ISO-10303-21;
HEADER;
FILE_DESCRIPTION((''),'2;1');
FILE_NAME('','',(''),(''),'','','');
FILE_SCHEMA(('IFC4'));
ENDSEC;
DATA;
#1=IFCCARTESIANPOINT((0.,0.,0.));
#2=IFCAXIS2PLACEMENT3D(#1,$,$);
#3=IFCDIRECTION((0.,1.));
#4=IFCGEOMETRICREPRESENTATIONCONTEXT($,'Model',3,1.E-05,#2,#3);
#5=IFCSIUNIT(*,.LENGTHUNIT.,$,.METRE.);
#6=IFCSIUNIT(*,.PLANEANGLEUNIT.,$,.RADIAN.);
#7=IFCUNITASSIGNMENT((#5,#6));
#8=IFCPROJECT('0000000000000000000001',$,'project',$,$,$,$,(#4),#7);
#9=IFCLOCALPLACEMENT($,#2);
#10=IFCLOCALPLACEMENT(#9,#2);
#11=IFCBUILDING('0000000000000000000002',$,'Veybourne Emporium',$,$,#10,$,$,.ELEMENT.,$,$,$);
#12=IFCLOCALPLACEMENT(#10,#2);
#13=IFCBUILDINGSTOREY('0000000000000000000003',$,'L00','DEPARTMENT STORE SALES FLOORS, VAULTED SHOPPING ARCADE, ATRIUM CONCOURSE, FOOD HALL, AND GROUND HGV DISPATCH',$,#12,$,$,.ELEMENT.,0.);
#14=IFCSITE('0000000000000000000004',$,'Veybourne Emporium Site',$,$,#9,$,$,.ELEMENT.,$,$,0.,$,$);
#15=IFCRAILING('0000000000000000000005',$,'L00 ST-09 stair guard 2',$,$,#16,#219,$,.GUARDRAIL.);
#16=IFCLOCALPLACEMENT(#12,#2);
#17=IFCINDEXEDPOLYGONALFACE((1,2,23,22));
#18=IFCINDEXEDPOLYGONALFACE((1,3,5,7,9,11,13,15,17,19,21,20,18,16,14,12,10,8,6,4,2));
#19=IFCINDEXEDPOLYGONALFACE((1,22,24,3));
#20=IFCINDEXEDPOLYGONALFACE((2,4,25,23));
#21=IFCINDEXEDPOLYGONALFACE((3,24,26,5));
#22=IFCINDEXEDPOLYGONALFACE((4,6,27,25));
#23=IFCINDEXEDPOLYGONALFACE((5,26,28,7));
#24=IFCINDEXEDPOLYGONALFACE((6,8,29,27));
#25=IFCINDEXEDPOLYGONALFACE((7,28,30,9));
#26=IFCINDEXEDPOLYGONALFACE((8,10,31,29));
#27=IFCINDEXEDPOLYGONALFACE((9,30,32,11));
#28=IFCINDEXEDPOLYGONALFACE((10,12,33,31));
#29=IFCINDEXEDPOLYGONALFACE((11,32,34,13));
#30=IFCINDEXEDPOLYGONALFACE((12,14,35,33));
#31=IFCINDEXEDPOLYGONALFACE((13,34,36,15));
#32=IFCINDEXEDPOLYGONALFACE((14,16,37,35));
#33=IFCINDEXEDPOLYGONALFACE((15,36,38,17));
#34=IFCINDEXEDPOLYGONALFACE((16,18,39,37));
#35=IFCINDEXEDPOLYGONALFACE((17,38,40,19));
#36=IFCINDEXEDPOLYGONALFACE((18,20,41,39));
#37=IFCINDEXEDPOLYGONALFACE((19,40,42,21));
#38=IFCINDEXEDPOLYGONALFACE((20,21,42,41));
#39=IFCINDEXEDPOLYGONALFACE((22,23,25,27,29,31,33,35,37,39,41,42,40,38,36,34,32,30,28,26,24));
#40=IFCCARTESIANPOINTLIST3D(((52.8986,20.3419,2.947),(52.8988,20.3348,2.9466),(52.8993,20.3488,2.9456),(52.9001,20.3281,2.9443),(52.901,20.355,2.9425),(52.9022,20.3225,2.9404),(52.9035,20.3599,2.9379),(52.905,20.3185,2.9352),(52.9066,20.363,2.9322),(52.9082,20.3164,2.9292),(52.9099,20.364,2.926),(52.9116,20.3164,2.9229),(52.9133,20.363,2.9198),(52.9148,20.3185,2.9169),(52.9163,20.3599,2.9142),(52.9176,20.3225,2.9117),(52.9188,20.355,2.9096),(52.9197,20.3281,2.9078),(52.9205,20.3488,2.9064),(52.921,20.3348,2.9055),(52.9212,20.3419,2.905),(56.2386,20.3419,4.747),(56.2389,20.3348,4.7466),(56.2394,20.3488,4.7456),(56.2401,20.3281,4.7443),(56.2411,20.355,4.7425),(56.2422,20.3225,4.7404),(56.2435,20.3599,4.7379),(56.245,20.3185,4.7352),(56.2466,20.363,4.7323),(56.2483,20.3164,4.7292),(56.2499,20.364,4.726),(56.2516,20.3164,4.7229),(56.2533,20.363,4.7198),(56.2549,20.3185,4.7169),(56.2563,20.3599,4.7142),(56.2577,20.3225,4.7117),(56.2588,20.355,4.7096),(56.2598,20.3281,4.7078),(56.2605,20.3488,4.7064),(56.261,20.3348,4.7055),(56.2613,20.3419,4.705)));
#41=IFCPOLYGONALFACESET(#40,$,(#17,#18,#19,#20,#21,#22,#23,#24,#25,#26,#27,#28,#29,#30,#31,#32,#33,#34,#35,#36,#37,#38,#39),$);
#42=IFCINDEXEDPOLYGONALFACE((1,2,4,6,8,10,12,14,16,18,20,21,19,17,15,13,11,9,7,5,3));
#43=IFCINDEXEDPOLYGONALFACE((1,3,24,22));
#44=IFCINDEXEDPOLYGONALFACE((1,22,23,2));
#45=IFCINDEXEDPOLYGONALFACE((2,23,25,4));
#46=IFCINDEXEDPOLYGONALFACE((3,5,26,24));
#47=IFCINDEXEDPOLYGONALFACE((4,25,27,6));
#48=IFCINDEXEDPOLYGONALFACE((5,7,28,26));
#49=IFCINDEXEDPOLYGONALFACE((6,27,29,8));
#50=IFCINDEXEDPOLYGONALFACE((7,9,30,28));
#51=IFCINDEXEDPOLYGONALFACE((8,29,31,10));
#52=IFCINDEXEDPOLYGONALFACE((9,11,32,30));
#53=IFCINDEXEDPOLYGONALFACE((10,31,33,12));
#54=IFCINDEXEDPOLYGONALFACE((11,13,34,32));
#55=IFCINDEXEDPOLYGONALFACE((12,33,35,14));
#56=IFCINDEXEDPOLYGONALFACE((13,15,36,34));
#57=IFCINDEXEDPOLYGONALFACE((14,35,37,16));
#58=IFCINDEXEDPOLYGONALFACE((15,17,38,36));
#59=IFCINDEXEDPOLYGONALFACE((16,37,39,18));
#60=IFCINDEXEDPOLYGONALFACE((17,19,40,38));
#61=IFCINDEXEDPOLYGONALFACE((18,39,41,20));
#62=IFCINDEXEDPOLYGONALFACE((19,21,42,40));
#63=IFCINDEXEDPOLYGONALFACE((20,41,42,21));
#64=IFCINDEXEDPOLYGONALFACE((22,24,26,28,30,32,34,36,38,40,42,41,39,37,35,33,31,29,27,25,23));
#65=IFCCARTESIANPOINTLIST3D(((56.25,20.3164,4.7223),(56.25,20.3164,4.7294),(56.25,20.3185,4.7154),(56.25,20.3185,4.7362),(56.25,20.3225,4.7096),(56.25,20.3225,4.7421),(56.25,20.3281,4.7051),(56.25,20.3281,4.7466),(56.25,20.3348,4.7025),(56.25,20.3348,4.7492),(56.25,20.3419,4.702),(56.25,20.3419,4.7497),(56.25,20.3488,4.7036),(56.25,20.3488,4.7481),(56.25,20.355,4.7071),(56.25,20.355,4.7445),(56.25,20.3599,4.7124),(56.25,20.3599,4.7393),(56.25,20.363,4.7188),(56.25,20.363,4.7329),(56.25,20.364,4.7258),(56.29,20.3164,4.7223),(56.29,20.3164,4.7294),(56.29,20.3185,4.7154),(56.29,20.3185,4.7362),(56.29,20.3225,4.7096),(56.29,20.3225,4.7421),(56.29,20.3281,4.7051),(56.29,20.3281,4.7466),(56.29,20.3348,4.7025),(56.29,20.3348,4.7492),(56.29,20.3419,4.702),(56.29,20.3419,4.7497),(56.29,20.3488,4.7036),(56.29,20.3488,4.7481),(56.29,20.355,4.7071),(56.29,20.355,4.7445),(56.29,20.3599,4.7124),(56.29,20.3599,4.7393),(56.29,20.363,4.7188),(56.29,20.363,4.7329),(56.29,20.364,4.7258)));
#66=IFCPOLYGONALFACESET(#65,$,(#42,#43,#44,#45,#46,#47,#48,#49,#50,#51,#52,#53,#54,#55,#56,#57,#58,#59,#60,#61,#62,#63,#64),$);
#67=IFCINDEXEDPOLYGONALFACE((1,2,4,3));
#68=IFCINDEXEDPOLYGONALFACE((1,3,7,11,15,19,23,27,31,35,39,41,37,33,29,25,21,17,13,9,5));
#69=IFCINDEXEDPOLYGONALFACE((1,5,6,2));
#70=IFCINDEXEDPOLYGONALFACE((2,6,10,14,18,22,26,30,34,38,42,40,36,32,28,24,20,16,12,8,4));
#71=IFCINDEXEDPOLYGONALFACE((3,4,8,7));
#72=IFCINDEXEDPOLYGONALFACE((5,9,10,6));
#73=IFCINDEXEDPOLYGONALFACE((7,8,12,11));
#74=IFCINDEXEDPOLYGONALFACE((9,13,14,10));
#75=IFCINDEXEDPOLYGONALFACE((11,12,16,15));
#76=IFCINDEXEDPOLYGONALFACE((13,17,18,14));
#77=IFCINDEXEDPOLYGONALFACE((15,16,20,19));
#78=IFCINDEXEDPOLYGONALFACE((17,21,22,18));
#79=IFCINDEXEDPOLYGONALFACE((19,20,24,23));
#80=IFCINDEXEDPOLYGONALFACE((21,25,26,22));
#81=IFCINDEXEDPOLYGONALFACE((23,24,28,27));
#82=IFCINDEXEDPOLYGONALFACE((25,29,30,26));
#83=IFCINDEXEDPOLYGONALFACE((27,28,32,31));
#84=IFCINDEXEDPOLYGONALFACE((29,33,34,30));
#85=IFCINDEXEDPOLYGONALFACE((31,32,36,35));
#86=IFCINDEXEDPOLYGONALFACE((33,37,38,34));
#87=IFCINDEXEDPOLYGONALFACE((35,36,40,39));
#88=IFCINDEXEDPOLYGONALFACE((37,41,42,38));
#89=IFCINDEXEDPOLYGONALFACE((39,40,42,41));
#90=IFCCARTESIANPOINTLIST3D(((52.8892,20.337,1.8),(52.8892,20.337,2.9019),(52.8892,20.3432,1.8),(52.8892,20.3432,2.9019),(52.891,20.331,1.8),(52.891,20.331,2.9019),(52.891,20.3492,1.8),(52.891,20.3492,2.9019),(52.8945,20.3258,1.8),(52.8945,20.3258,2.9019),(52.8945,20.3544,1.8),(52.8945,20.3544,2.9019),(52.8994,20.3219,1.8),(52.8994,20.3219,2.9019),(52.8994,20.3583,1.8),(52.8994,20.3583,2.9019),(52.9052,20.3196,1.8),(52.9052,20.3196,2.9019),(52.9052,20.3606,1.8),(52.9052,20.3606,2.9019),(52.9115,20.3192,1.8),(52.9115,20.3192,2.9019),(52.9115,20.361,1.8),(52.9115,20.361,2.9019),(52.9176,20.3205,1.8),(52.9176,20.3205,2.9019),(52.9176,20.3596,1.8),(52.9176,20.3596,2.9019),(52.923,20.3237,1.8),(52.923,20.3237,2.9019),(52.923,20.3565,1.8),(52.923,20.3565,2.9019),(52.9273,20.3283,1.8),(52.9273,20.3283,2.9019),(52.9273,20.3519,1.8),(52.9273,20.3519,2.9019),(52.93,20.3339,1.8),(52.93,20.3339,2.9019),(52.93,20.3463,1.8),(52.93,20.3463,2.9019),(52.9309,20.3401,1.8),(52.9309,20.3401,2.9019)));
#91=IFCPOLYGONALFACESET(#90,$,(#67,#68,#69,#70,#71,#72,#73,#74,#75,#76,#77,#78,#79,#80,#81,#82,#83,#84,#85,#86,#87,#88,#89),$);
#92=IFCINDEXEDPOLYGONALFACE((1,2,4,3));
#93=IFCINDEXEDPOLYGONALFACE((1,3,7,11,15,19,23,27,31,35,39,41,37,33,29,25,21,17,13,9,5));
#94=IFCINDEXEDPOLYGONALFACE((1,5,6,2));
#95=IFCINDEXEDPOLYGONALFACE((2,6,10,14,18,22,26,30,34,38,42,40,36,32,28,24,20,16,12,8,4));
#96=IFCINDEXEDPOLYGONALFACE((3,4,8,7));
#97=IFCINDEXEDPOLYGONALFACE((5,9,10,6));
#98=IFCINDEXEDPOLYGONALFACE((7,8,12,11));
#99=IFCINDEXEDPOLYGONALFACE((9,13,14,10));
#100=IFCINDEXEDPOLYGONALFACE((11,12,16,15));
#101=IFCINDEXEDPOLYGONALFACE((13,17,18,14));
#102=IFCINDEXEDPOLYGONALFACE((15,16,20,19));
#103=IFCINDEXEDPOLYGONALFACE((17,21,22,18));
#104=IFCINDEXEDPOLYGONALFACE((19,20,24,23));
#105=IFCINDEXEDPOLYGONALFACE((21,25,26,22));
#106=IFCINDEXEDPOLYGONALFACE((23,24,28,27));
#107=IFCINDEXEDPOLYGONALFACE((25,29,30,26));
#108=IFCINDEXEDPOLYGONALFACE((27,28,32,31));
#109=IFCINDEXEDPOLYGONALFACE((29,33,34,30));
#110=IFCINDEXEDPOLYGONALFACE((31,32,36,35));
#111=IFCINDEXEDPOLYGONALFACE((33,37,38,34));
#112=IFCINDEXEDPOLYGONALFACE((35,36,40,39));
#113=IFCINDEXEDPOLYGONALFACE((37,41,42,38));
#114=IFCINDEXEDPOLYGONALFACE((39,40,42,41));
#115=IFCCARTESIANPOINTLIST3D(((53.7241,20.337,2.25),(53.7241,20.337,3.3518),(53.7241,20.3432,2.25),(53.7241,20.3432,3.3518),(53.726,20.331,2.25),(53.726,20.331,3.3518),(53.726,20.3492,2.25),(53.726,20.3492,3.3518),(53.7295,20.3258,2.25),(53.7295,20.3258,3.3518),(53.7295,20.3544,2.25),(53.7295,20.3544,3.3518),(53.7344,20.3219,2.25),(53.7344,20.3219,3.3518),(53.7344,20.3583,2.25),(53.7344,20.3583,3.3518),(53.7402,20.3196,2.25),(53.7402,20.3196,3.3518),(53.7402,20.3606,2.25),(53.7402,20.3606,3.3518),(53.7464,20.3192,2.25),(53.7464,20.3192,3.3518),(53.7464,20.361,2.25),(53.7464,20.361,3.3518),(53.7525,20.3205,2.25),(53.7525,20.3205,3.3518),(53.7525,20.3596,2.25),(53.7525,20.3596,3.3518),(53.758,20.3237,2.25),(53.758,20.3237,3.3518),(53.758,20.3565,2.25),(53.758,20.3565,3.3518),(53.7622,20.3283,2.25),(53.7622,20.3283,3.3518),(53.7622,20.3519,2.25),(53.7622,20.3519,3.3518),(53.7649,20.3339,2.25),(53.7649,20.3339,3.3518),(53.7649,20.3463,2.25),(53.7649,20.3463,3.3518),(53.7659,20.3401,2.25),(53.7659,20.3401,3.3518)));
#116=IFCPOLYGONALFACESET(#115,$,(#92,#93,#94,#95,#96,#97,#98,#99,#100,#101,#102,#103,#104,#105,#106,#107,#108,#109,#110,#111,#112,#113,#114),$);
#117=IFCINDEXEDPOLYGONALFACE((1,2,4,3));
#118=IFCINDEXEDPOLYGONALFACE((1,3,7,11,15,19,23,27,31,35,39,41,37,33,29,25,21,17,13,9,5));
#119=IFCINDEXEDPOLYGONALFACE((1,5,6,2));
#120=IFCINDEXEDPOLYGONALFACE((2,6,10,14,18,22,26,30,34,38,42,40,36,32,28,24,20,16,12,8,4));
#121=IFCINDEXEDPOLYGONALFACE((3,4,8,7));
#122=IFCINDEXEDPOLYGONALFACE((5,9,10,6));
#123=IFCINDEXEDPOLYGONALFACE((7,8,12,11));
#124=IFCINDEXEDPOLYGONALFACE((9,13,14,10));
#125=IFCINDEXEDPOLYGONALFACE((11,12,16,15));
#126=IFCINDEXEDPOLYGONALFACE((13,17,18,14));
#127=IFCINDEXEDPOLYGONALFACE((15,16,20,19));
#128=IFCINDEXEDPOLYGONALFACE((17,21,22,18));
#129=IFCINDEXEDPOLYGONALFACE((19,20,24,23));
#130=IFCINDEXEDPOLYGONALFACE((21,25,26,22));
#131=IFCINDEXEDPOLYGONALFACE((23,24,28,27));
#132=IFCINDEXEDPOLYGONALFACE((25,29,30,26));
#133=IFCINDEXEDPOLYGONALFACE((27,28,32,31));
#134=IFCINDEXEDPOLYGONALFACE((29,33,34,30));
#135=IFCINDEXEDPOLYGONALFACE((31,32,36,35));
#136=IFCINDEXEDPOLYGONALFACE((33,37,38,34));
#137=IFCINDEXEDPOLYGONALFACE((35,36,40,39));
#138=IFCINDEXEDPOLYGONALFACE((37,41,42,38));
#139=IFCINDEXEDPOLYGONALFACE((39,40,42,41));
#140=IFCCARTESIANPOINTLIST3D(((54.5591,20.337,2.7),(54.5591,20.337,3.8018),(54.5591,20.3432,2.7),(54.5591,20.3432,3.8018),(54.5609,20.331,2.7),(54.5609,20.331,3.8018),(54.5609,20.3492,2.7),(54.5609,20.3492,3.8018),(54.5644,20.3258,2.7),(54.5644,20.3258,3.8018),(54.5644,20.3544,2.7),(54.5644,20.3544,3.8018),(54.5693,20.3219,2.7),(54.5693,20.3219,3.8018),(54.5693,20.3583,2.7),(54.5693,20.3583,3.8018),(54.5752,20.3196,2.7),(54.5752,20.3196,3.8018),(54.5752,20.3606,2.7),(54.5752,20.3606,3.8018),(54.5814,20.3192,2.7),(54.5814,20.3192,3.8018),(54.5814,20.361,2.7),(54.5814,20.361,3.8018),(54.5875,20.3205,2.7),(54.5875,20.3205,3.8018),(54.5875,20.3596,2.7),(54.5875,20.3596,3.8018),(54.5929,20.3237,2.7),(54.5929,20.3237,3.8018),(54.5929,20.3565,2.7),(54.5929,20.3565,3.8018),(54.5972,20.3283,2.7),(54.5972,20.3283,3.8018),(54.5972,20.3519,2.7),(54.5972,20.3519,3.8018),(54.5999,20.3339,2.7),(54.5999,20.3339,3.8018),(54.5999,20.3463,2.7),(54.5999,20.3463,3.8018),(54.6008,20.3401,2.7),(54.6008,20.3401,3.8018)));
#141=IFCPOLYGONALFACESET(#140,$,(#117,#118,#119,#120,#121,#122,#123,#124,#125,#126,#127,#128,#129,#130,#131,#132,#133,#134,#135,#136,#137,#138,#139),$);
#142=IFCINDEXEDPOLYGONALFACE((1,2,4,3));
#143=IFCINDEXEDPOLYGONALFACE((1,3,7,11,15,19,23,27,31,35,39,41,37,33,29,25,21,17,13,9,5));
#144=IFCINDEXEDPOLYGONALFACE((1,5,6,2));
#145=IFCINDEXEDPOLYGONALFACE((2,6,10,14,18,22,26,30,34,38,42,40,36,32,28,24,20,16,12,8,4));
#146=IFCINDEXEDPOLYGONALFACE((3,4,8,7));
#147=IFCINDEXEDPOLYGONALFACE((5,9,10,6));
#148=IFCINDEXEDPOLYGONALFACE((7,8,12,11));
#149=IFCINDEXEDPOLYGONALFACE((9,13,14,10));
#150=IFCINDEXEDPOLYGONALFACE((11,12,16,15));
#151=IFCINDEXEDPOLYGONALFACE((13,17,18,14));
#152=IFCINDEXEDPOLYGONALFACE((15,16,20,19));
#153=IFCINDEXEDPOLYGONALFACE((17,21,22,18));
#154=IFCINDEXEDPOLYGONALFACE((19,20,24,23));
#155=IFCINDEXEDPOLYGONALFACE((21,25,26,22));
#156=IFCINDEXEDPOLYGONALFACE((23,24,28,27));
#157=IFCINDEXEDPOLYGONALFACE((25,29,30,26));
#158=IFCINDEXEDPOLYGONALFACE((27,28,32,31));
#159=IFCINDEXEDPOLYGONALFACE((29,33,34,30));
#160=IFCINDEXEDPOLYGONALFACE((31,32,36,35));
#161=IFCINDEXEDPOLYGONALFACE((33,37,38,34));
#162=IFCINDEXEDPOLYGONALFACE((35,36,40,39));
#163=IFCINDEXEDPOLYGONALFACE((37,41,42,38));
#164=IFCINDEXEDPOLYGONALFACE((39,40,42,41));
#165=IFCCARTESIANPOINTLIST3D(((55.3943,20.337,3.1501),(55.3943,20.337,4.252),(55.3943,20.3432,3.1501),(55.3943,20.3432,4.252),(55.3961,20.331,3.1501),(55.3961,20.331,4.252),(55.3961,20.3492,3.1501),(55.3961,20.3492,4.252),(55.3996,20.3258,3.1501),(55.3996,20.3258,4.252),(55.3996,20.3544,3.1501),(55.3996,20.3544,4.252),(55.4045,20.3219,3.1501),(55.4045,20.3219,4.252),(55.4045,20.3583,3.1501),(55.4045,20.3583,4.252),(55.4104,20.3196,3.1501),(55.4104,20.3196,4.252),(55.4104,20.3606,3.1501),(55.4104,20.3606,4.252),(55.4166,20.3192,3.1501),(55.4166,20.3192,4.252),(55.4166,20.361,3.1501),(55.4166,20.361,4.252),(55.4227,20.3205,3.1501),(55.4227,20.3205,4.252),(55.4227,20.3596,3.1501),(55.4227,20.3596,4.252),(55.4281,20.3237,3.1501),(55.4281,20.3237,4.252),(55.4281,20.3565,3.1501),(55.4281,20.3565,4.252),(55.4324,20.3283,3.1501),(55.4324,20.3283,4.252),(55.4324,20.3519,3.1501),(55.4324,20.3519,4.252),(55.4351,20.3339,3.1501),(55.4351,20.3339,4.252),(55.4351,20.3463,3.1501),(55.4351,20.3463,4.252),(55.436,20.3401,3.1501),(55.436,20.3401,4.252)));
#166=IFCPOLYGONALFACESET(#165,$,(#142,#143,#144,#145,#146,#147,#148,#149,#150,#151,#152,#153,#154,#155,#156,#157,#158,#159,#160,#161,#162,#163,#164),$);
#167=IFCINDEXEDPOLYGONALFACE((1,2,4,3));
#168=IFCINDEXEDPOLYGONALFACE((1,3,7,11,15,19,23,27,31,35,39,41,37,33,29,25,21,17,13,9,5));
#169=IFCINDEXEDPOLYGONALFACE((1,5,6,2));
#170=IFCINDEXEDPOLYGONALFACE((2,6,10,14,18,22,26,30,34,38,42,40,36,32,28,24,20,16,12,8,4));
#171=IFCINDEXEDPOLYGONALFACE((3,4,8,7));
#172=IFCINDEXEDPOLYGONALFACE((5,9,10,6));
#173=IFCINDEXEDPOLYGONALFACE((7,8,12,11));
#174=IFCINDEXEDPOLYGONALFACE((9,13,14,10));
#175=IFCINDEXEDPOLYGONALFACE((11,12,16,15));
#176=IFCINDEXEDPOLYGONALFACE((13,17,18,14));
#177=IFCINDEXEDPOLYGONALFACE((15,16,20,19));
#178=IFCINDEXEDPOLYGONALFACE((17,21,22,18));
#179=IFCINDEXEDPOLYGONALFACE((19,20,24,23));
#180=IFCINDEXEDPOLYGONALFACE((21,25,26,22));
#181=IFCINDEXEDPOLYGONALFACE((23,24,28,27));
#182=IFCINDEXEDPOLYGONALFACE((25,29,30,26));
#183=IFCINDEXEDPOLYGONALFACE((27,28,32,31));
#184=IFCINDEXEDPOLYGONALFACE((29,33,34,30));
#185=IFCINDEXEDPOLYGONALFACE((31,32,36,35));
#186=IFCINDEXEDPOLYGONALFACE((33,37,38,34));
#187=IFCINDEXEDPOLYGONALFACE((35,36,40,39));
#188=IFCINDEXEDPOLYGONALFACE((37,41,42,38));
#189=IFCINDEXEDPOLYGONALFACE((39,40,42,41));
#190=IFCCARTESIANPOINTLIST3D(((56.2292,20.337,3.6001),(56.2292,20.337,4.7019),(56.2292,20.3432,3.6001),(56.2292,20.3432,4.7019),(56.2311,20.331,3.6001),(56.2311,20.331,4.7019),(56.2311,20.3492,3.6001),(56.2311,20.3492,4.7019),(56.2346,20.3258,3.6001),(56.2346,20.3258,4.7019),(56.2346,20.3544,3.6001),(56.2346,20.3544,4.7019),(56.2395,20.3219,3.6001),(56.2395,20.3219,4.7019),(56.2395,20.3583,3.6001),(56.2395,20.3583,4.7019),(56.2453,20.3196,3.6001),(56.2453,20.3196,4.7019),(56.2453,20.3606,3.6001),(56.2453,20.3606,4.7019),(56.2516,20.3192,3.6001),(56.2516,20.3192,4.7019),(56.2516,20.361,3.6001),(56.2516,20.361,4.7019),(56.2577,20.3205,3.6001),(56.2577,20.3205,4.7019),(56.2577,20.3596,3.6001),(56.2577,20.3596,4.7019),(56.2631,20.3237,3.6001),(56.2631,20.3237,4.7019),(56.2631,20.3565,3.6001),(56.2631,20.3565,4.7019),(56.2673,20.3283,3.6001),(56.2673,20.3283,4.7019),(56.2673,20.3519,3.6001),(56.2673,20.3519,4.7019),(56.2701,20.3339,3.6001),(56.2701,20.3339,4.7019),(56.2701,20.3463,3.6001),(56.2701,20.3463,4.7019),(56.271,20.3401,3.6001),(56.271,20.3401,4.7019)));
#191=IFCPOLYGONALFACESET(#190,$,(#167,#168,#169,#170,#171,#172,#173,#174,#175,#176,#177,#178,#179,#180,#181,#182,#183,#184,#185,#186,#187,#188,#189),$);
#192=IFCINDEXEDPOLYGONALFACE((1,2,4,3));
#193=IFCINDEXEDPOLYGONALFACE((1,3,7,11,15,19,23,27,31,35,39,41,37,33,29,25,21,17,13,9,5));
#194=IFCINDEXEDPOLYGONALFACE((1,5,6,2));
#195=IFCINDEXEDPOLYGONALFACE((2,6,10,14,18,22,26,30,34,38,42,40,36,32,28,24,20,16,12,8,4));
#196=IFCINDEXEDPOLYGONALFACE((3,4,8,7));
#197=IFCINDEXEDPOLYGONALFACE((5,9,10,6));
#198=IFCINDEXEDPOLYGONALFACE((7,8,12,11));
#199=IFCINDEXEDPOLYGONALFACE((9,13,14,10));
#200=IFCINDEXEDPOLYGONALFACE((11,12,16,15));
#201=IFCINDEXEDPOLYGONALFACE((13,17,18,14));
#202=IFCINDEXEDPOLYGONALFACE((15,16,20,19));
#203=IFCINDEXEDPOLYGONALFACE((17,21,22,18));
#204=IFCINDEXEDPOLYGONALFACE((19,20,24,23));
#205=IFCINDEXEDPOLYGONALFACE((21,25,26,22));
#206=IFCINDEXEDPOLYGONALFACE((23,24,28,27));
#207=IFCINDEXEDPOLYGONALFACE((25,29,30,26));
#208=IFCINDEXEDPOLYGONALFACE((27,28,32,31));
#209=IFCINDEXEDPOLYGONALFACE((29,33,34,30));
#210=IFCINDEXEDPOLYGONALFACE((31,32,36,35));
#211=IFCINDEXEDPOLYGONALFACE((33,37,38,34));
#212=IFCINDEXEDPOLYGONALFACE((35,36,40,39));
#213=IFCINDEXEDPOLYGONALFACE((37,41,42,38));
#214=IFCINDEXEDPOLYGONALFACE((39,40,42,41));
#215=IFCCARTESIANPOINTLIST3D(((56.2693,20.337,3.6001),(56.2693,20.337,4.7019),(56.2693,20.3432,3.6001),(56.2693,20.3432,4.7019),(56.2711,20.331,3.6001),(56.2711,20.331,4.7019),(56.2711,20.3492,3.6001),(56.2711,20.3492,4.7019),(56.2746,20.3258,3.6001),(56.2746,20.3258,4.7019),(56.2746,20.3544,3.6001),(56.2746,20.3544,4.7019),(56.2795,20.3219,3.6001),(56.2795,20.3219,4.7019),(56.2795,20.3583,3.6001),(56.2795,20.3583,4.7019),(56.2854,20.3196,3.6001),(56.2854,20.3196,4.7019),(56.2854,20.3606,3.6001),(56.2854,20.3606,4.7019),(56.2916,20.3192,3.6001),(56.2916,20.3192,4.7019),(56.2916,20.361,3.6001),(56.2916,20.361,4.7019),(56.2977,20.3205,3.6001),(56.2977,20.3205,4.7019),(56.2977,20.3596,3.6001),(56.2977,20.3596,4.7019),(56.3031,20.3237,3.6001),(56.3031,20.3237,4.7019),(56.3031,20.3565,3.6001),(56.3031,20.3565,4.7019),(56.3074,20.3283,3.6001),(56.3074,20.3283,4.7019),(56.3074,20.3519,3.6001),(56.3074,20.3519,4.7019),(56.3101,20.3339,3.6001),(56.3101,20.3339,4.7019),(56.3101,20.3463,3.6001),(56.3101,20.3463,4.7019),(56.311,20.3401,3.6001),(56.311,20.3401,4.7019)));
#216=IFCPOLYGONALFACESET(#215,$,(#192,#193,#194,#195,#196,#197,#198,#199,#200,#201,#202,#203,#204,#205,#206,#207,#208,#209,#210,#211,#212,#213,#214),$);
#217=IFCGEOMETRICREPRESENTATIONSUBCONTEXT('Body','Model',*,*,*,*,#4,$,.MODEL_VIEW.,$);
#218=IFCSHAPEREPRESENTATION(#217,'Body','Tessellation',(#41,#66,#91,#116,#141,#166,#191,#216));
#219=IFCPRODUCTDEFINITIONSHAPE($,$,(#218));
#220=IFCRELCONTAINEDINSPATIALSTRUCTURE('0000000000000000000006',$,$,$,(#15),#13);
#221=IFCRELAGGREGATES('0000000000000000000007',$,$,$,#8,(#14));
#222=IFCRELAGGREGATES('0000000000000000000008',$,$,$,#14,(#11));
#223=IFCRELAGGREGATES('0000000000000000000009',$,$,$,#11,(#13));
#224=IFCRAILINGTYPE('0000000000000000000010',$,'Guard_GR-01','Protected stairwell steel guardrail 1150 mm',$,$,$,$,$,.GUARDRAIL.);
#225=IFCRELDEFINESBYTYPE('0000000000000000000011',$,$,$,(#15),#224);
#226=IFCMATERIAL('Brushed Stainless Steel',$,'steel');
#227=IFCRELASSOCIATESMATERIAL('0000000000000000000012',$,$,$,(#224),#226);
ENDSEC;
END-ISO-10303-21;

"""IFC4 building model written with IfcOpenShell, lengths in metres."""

from ifc_helpers import new_model, si_unit, direction, frame, origin, origin_2d, place, context, subcontext, project, spatial, circle, extrude, material, type_object, element, save


model = new_model("IFC4")

# Units and contexts
model_context = context("Model", 3, precision=1e-05, world=origin(), true_north=direction((0.0, 1.0)))
body_context = subcontext(model_context, "Body", "Model", "MODEL_VIEW")
ifc_project = project(units=[si_unit("LENGTHUNIT", "METRE"), si_unit("PLANEANGLEUNIT", "RADIAN")], contexts=[model_context])

# Site, building, storey
site_placement = place(None, origin())
site = spatial("IfcSite", under=ifc_project, at=site_placement, Name="Veybourne Emporium Site", CompositionType="ELEMENT", RefElevation=0.0)
building_placement = place(site_placement, origin())
building = spatial("IfcBuilding", under=site, at=building_placement, Name="Veybourne Emporium", CompositionType="ELEMENT")
storey_placement = place(building_placement, origin())
storey = spatial("IfcBuildingStorey", under=building, at=storey_placement, Name="L00", Description="DEPARTMENT STORE SALES FLOORS, VAULTED SHOPPING ARCADE, ATRIUM CONCOURSE, FOOD HALL, AND GROUND HGV DISPATCH", CompositionType="ELEMENT", Elevation=0.0)

# Railing
ifc_material_1 = material(Name="Brushed Stainless Steel", Category="steel")
railing_type_1 = type_object("IfcRailingType", Name="Guard_GR-01", Description="Protected stairwell steel guardrail 1150 mm", PredefinedType="GUARDRAIL", material=ifc_material_1)
railing_1_placement = place(storey_placement, frame((52.9099, 20.3401, 1.8)))
element("IfcRailing", 1, at=railing_1_placement, inside=storey, type_object=railing_type_1, Name="L00 ST-09 stair guard 2", PredefinedType="GUARDRAIL", context=body_context, shape_type="SweptSolid", body=[
    extrude(circle(Radius=0.0239, at=origin_2d()), frame((0.0, 0.0, 1.126), z_axis=(0.880302, 0.0, 0.474414), x_axis=(0.0, 1.0, 0.0)), (0.0, 0.0, 1.0), 3.7942),
    extrude(circle(Radius=0.0239, at=origin_2d()), frame((3.3401, 0.0, 2.9258), z_axis=(1.0, 0.0, 0.0), x_axis=(0.0, 1.0, 0.0)), (0.0, 0.0, 1.0), 0.04),
    extrude(circle(Radius=0.021, at=origin_2d()), origin(), (0.0, 0.0, 1.0), 1.1018),
    extrude(circle(Radius=0.021, at=origin_2d()), frame((0.835, 0.0, 0.45)), (0.0, 0.0, 1.0), 1.1018),
    extrude(circle(Radius=0.021, at=origin_2d()), frame((1.6699, 0.0, 0.8999)), (0.0, 0.0, 1.0), 1.1018),
    extrude(circle(Radius=0.021, at=origin_2d()), frame((2.5051, 0.0, 1.3501)), (0.0, 0.0, 1.0), 1.1018),
    extrude(circle(Radius=0.021, at=origin_2d()), frame((3.3401, 0.0, 1.8)), (0.0, 0.0, 1.0), 1.1018),
    extrude(circle(Radius=0.021, at=origin_2d()), frame((3.3801, 0.0, 1.8)), (0.0, 0.0, 1.0), 1.1018),
])

save(model, "model.ifc")
